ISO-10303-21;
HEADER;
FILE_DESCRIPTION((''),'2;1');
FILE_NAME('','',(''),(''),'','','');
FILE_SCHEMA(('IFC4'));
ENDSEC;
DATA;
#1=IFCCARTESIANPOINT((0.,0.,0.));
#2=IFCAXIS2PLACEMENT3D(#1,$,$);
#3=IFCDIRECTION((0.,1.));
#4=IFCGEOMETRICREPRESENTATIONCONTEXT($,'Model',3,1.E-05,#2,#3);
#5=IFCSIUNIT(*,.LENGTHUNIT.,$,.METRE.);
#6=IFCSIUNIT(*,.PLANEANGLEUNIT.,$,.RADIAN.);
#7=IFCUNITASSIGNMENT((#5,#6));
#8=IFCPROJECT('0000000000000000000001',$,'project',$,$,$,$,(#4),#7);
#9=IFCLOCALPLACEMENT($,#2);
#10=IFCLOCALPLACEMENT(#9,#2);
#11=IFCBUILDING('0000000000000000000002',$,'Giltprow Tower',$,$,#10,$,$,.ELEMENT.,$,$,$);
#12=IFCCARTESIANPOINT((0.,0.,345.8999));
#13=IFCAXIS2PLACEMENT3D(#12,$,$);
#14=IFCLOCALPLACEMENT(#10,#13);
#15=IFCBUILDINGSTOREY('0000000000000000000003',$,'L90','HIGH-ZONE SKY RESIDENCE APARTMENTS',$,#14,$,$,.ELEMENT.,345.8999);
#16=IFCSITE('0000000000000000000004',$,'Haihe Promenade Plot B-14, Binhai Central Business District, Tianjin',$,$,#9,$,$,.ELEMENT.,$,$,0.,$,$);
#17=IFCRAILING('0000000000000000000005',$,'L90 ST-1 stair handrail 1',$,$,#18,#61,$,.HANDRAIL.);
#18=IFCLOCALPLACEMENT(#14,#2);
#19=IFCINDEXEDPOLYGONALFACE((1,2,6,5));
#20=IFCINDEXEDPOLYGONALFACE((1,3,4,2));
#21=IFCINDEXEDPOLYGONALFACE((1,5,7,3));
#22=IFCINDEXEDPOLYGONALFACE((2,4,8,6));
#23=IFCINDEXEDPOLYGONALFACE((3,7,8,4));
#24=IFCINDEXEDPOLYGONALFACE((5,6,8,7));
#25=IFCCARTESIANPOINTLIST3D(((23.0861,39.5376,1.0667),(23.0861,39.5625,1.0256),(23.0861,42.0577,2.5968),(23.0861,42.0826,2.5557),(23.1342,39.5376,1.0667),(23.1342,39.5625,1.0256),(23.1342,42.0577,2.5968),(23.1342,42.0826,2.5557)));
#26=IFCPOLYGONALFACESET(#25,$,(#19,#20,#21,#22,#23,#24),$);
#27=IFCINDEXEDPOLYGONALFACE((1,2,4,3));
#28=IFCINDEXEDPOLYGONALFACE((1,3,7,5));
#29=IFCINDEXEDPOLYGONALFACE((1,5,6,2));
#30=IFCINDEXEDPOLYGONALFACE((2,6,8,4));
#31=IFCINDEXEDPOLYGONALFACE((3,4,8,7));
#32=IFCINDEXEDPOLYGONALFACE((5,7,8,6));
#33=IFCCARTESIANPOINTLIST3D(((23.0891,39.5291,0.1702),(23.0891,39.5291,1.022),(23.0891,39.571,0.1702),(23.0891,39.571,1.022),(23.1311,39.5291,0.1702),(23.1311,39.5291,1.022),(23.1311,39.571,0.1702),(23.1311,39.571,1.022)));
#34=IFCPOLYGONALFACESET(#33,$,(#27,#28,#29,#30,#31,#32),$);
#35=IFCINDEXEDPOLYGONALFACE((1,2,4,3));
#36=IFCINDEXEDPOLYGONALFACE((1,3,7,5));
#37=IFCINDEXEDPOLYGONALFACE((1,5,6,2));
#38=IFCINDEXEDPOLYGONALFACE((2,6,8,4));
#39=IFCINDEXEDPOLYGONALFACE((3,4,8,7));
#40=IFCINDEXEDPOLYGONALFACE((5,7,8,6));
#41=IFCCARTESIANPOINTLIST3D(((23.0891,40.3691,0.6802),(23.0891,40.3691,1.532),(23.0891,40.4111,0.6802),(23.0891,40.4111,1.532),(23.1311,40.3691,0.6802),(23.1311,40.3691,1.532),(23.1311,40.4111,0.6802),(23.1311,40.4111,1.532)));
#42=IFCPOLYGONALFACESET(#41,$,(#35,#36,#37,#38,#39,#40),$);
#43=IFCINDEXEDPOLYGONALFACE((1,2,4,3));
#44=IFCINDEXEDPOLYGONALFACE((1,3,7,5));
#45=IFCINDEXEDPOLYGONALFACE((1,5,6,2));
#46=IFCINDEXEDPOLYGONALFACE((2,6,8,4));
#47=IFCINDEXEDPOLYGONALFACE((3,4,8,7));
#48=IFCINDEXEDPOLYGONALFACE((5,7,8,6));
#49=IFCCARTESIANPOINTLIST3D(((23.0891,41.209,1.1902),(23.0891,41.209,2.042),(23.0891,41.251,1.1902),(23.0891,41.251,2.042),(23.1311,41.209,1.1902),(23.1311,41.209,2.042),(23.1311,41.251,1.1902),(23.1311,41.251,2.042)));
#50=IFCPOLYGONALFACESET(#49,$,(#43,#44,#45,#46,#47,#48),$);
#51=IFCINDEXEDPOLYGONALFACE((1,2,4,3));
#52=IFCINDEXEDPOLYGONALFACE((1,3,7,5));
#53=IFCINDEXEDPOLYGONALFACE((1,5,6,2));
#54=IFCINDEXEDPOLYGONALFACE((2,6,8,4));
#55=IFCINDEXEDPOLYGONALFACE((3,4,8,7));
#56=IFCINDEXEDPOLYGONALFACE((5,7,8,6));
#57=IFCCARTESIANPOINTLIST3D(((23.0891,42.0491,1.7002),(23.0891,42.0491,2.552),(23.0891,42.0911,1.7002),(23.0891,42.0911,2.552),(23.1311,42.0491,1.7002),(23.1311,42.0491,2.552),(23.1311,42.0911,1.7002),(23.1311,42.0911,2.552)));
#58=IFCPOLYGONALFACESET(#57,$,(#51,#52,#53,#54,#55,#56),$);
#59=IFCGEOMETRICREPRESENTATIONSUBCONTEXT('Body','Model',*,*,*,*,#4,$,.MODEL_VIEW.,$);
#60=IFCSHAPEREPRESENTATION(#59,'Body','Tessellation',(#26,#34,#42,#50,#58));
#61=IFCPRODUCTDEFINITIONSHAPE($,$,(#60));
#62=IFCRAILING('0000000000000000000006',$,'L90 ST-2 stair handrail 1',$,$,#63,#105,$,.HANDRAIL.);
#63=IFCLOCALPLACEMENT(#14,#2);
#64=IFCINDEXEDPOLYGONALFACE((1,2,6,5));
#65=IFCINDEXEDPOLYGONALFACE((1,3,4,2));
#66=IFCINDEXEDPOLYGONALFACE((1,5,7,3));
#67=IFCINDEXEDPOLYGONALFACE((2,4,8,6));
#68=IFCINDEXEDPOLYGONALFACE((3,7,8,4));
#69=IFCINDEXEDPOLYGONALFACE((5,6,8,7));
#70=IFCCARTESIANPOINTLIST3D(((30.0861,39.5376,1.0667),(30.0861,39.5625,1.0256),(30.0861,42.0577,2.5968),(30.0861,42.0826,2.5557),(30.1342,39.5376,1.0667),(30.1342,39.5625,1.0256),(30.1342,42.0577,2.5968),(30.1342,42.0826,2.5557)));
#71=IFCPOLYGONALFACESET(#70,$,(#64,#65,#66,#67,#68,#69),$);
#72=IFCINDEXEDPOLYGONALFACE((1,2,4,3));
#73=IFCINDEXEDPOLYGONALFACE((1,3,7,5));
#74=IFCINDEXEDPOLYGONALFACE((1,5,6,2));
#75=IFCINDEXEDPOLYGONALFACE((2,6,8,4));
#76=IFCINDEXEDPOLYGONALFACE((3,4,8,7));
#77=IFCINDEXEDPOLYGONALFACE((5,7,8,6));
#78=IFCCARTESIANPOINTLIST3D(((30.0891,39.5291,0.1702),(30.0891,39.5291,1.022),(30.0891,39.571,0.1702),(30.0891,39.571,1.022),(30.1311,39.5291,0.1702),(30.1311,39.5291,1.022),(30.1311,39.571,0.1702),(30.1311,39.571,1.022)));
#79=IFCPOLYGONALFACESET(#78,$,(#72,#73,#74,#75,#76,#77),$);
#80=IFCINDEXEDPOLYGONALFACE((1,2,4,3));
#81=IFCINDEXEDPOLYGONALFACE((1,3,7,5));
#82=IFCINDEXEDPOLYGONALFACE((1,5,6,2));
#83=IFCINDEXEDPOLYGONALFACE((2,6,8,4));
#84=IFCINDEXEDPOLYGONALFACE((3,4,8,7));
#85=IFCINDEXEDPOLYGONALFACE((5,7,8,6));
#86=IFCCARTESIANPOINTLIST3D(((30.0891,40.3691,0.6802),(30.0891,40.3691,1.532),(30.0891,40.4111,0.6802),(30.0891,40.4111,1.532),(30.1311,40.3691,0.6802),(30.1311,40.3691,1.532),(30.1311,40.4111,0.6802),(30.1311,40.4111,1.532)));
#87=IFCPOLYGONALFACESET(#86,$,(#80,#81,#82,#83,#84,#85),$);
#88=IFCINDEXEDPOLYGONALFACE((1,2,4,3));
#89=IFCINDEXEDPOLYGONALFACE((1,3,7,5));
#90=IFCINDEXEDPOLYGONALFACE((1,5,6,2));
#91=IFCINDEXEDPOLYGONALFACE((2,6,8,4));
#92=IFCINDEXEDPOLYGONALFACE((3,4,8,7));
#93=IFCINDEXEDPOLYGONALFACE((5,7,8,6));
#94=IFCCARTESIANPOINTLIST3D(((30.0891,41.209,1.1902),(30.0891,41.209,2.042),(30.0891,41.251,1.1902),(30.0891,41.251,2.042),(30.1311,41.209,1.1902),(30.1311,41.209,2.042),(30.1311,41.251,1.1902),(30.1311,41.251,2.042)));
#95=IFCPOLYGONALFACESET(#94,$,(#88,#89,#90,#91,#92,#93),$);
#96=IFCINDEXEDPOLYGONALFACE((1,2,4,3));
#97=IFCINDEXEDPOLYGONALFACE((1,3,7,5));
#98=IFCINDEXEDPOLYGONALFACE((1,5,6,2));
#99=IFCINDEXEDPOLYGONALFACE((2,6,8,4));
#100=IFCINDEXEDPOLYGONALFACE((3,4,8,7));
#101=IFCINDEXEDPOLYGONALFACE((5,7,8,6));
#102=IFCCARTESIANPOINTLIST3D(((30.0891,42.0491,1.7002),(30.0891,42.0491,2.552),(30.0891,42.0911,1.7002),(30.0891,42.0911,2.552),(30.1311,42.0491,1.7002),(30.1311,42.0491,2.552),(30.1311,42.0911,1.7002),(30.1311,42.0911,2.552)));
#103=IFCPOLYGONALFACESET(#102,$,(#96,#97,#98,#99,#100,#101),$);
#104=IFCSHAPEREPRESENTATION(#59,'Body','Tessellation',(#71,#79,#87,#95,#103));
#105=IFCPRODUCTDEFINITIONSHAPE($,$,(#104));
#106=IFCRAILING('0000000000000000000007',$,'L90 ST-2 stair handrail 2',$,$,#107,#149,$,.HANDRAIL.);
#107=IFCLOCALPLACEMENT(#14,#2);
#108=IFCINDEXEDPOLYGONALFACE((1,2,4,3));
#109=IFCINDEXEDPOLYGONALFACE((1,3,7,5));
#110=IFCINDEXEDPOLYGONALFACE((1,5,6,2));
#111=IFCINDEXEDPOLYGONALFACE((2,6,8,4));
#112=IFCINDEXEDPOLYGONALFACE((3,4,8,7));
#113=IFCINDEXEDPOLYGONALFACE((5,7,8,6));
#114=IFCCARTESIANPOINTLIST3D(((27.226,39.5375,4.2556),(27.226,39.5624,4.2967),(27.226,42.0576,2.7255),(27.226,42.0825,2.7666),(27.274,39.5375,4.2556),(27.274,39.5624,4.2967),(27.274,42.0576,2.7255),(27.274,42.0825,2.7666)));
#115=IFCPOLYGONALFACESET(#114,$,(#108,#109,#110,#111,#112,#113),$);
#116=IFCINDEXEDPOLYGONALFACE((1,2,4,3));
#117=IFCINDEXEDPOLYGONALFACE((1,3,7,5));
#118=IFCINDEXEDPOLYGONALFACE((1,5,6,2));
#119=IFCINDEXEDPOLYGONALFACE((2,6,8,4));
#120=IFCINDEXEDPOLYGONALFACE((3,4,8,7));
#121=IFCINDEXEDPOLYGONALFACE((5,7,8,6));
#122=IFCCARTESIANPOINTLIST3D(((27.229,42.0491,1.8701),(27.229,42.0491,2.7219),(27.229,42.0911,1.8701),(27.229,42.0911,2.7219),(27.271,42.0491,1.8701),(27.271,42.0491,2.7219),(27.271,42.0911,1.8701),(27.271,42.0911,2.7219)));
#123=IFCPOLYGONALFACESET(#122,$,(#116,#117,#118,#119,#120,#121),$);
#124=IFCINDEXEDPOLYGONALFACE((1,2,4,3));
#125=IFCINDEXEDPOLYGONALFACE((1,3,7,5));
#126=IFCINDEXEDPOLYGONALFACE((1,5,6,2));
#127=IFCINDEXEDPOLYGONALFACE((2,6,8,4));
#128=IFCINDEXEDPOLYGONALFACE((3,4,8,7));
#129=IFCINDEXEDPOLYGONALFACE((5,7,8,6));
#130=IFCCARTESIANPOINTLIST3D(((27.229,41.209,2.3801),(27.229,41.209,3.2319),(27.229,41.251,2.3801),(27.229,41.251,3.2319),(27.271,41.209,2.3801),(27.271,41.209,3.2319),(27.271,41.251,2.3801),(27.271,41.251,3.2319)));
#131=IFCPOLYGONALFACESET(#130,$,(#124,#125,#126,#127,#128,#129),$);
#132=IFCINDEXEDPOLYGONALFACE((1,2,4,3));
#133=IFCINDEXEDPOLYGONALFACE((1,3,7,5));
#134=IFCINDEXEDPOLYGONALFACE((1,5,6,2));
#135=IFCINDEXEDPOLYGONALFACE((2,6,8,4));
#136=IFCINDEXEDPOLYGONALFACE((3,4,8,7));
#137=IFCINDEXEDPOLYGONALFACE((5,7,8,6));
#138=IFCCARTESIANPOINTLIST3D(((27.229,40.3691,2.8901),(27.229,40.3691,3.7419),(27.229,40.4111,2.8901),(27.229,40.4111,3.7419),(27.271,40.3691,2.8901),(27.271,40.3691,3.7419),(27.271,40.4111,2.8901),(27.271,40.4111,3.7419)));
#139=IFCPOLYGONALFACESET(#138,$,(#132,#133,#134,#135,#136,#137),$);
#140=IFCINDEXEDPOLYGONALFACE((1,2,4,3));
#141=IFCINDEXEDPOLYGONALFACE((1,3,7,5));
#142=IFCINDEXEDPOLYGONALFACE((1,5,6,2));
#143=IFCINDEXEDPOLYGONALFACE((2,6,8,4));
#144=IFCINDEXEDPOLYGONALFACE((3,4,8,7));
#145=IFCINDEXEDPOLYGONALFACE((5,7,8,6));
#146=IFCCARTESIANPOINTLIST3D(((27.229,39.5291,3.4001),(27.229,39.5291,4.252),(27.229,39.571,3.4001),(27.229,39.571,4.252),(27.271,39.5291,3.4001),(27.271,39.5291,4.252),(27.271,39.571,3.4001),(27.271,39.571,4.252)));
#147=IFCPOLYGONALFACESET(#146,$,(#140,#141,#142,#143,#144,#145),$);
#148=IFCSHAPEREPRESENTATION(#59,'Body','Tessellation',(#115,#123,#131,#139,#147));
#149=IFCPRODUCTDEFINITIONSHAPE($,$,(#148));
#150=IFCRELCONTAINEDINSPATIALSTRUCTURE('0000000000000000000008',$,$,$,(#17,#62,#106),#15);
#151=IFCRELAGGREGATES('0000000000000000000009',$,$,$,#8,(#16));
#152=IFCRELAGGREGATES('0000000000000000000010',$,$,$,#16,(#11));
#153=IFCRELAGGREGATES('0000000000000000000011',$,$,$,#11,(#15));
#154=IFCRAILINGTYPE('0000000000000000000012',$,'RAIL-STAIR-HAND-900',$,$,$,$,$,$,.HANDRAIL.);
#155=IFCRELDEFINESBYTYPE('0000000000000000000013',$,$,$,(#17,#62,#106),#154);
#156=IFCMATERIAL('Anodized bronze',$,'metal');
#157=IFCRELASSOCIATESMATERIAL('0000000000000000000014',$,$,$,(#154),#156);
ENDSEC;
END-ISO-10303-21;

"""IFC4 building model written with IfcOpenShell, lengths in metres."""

from ifc_helpers import new_model, si_unit, direction, frame, origin, origin_2d, place, context, subcontext, project, spatial, rectangle, extrude, material, type_object, element, save


model = new_model("IFC4")

# Units and contexts
model_context = context("Model", 3, precision=1e-05, world=origin(), true_north=direction((0.0, 1.0)))
body_context = subcontext(model_context, "Body", "Model", "MODEL_VIEW")
ifc_project = project(units=[si_unit("LENGTHUNIT", "METRE"), si_unit("PLANEANGLEUNIT", "RADIAN")], contexts=[model_context])

# Site, building, storey
site_placement = place(None, origin())
site = spatial("IfcSite", under=ifc_project, at=site_placement, Name="Haihe Promenade Plot B-14, Binhai Central Business District, Tianjin", CompositionType="ELEMENT", RefElevation=0.0)
building_placement = place(site_placement, origin())
building = spatial("IfcBuilding", under=site, at=building_placement, Name="Giltprow Tower", CompositionType="ELEMENT")
storey_placement = place(building_placement, frame((0.0, 0.0, 345.8999)))
storey = spatial("IfcBuildingStorey", under=building, at=storey_placement, Name="L90", Description="HIGH-ZONE SKY RESIDENCE APARTMENTS", CompositionType="ELEMENT", Elevation=345.8999)

# Railings
ifc_material_1 = material(Name="Anodized bronze", Category="metal")
railing_type_1 = type_object("IfcRailingType", Name="RAIL-STAIR-HAND-900", PredefinedType="HANDRAIL", material=ifc_material_1)
for number, where, name in (
    (1, (23.1101, 39.55, 0.1702), "L90 ST-1 stair handrail 1"),
    (2, (30.1101, 39.55, 0.1702), "L90 ST-2 stair handrail 1"),
):
    element("IfcRailing", number, at=place(storey_placement, frame(where)), inside=storey, type_object=railing_type_1, Name=name, PredefinedType="HANDRAIL", context=body_context, shape_type="SweptSolid", body=[
        extrude(rectangle(XDim=0.0481, YDim=0.0481, at=origin_2d()), frame((0.0, 0.0, 0.876), z_axis=(0.0, 0.854785, 0.518982), x_axis=(-1.0, 0.0, 0.0)), (0.0, 0.0, 1.0), 2.9482),
        extrude(rectangle(XDim=0.042, YDim=0.042, at=origin_2d()), origin(), (0.0, 0.0, 1.0), 0.8518),
        extrude(rectangle(XDim=0.042, YDim=0.042, at=origin_2d()), frame((0.0, 0.8401, 0.51)), (0.0, 0.0, 1.0), 0.8518),
        extrude(rectangle(XDim=0.042, YDim=0.042, at=origin_2d()), frame((0.0, 1.6799, 1.02)), (0.0, 0.0, 1.0), 0.8518),
        extrude(rectangle(XDim=0.042, YDim=0.042, at=origin_2d()), frame((0.0, 2.52, 1.53)), (0.0, 0.0, 1.0), 0.8518),
    ])
railing_1_placement = place(storey_placement, frame((27.25, 42.0701, 1.8701)))
element("IfcRailing", 3, at=railing_1_placement, inside=storey, type_object=railing_type_1, Name="L90 ST-2 stair handrail 2", PredefinedType="HANDRAIL", context=body_context, shape_type="SweptSolid", body=[
    extrude(rectangle(XDim=0.0481, YDim=0.0481, at=origin_2d()), frame((0.0, 0.0, 0.876), z_axis=(0.0, -0.854785, 0.518982), x_axis=(1.0, 0.0, 0.0)), (0.0, 0.0, 1.0), 2.9482),
    extrude(rectangle(XDim=0.042, YDim=0.042, at=origin_2d()), origin(), (0.0, 0.0, 1.0), 0.8518),
    extrude(rectangle(XDim=0.042, YDim=0.042, at=origin_2d()), frame((0.0, -0.8401, 0.51)), (0.0, 0.0, 1.0), 0.8518),
    extrude(rectangle(XDim=0.042, YDim=0.042, at=origin_2d()), frame((0.0, -1.6799, 1.02)), (0.0, 0.0, 1.0), 0.8518),
    extrude(rectangle(XDim=0.042, YDim=0.042, at=origin_2d()), frame((0.0, -2.52, 1.53)), (0.0, 0.0, 1.0), 0.8518),
])

save(model, "model.ifc")
